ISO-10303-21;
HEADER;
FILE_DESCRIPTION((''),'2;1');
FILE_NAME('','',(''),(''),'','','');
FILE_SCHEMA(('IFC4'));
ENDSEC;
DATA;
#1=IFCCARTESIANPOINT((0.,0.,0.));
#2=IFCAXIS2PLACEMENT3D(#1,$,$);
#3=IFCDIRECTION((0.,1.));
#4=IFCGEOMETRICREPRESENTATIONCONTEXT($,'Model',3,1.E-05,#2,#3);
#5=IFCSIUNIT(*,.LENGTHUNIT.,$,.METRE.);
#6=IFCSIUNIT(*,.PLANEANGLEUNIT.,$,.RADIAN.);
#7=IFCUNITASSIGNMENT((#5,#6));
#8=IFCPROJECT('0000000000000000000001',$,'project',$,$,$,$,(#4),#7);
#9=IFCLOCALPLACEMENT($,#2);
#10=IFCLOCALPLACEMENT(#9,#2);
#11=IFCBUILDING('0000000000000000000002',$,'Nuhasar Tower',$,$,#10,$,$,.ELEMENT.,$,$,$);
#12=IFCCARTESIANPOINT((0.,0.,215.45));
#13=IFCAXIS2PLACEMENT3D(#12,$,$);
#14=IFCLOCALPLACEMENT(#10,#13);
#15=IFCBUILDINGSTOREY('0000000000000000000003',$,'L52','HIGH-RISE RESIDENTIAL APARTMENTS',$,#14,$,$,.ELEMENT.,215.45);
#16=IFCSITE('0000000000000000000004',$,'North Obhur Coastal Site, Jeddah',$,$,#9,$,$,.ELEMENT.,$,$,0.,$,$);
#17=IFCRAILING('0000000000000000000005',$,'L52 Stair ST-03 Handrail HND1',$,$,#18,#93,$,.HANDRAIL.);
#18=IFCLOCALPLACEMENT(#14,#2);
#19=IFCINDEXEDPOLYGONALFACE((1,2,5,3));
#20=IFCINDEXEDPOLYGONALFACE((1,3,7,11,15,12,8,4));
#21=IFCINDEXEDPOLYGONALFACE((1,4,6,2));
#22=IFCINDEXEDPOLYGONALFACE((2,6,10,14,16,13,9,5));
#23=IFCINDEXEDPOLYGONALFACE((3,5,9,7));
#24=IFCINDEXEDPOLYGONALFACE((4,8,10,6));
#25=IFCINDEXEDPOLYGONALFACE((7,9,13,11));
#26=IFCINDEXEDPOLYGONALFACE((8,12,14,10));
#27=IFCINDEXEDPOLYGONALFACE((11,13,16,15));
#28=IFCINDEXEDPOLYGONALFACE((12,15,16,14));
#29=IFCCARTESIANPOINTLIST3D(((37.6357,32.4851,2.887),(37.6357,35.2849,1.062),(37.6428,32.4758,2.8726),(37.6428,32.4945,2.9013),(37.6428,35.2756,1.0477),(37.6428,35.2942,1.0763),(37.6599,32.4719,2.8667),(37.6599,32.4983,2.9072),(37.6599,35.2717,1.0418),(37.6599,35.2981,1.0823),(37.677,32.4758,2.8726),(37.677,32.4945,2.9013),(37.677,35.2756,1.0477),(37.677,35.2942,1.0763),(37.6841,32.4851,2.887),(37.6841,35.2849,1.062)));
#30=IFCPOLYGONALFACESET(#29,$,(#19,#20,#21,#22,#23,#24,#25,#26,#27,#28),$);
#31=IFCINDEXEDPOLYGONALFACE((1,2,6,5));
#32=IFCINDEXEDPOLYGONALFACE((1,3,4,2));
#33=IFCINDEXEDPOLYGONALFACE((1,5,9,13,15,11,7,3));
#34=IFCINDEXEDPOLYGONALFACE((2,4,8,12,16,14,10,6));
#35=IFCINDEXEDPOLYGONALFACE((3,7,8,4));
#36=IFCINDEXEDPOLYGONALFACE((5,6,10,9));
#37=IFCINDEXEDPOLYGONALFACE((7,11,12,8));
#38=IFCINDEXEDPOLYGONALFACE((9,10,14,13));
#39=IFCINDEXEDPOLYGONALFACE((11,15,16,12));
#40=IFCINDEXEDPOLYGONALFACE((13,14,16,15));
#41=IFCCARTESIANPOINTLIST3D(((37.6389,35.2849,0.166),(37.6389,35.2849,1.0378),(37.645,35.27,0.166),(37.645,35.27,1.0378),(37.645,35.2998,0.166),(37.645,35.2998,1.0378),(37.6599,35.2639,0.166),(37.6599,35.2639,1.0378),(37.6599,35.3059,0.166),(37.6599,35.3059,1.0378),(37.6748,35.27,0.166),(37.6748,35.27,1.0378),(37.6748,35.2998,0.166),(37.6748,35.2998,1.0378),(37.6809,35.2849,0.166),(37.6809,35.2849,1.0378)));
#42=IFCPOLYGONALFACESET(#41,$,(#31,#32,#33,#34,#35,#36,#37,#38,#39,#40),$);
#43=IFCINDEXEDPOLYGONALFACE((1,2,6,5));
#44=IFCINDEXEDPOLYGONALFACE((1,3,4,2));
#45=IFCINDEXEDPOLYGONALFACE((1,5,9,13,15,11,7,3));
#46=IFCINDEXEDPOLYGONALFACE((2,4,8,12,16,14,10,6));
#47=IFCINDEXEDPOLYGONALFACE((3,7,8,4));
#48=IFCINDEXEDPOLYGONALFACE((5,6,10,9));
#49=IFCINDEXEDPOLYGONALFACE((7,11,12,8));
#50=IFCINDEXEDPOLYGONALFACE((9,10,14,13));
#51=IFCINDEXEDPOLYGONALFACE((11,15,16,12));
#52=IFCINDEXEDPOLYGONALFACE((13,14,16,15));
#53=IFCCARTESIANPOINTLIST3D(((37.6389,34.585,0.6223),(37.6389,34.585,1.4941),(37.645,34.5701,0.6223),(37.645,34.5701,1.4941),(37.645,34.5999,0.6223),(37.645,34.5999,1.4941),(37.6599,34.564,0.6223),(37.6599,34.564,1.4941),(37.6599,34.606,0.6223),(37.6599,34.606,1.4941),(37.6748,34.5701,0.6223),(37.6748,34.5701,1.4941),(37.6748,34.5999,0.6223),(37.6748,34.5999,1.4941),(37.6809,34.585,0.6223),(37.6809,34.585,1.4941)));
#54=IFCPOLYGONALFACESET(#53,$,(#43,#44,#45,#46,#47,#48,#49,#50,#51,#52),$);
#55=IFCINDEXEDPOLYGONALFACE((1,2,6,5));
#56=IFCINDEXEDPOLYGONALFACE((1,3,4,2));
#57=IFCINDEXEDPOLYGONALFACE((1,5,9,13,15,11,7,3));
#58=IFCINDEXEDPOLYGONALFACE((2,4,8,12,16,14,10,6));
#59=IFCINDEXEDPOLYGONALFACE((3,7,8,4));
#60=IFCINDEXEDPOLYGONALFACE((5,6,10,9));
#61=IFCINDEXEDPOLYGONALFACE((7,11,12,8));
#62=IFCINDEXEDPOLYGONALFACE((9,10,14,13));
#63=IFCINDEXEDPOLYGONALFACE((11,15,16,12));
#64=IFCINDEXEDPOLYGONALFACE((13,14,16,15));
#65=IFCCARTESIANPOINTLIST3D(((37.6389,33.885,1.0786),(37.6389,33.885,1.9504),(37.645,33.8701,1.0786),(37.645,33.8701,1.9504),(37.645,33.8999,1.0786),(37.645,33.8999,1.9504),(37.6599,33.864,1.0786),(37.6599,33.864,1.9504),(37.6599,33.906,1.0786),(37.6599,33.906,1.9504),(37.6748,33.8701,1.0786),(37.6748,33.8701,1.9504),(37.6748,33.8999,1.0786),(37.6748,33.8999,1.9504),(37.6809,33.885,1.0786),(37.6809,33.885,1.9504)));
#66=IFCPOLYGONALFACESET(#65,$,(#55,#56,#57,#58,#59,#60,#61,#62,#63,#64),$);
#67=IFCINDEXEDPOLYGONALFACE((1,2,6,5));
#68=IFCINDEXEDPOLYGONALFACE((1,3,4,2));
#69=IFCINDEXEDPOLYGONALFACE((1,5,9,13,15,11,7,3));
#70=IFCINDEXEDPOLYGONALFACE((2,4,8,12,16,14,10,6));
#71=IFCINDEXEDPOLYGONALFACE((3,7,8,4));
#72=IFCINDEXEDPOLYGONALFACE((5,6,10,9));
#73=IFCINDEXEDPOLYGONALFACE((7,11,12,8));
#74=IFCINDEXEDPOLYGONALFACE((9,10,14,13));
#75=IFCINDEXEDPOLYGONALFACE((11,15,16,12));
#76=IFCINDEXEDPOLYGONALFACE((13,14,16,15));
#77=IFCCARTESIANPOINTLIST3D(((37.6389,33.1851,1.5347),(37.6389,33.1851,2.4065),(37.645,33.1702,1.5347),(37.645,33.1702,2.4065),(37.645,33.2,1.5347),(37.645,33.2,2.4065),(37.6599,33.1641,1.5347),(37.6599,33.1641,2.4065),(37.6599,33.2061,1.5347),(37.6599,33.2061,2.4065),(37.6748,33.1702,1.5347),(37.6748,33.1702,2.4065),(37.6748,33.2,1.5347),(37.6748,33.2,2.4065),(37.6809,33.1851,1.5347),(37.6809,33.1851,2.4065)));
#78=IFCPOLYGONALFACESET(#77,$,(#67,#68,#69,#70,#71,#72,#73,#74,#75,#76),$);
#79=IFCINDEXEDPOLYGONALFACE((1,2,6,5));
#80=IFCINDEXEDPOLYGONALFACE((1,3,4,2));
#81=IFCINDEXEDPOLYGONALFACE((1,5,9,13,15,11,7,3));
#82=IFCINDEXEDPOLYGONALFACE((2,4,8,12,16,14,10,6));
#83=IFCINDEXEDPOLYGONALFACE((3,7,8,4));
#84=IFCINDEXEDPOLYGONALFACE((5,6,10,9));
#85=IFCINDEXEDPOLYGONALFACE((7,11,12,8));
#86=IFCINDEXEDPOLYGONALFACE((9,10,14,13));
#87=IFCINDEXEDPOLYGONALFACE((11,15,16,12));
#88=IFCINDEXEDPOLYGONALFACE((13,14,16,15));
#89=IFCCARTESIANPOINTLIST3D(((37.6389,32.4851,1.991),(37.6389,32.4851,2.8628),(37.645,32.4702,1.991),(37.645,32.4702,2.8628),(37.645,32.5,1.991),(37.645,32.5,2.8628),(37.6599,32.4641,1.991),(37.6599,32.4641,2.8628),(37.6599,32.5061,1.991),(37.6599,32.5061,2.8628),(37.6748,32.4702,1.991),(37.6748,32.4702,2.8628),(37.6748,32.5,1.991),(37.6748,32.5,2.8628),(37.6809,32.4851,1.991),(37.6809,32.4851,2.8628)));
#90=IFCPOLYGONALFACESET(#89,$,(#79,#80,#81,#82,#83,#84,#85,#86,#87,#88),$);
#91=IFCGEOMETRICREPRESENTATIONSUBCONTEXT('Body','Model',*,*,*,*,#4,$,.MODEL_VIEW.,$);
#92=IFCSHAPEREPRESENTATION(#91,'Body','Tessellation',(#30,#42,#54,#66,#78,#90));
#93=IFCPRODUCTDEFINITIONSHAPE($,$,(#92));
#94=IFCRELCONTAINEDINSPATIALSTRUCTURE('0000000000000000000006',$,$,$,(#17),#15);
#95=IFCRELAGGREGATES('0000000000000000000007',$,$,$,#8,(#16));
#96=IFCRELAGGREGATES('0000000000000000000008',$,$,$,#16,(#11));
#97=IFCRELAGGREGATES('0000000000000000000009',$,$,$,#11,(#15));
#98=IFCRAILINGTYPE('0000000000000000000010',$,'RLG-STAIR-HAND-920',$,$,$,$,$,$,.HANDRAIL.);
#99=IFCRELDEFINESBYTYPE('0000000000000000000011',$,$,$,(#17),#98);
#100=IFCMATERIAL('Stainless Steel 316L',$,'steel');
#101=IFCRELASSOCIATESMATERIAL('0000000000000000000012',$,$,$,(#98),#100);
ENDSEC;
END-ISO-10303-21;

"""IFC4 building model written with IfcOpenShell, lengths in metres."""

from ifc_helpers import new_model, si_unit, direction, frame, origin, place, context, subcontext, project, spatial, polyline, outline, extrude, material, type_object, element, save


model = new_model("IFC4")

# Units and contexts
model_context = context("Model", 3, precision=1e-05, world=origin(), true_north=direction((0.0, 1.0)))
body_context = subcontext(model_context, "Body", "Model", "MODEL_VIEW")
ifc_project = project(units=[si_unit("LENGTHUNIT", "METRE"), si_unit("PLANEANGLEUNIT", "RADIAN")], contexts=[model_context])

# Site, building, storey
site_placement = place(None, origin())
site = spatial("IfcSite", under=ifc_project, at=site_placement, Name="North Obhur Coastal Site, Jeddah", CompositionType="ELEMENT", RefElevation=0.0)
building_placement = place(site_placement, origin())
building = spatial("IfcBuilding", under=site, at=building_placement, Name="Nuhasar Tower", CompositionType="ELEMENT")
storey_placement = place(building_placement, frame((0.0, 0.0, 215.45)))
storey = spatial("IfcBuildingStorey", under=building, at=storey_placement, Name="L52", Description="HIGH-RISE RESIDENTIAL APARTMENTS", CompositionType="ELEMENT", Elevation=215.45)

# Railing
ifc_material_1 = material(Name="Stainless Steel 316L", Category="steel")
railing_type_1 = type_object("IfcRailingType", Name="RLG-STAIR-HAND-920", PredefinedType="HANDRAIL", material=ifc_material_1)
railing_1_placement = place(storey_placement, frame((37.6599, 35.2849, 0.166)))
element("IfcRailing", 1, at=railing_1_placement, inside=storey, type_object=railing_type_1, Name="L52 Stair ST-03 Handrail HND1", PredefinedType="HANDRAIL", context=body_context, shape_type="SweptSolid", body=[
    extrude(outline(polyline([(0.0242, 0.0), (0.0171, 0.0171), (0.0, 0.0242), (-0.0171, 0.0171), (-0.0242, 0.0), (-0.0171, -0.0171), (0.0, -0.0242), (0.0171, -0.0171), (0.0242, 0.0)])), frame((0.0, 0.0, 0.896), z_axis=(0.0, -0.837749, 0.546056), x_axis=(1.0, 0.0, 0.0)), (0.0, 0.0, 1.0), 3.342),
    extrude(outline(polyline([(0.021, 0.0), (0.0149, 0.0149), (0.0, 0.021), (-0.0149, 0.0149), (-0.021, 0.0), (-0.0149, -0.0149), (0.0, -0.021), (0.0149, -0.0149), (0.021, 0.0)])), origin(), (0.0, 0.0, 1.0), 0.8718),
    extrude(outline(polyline([(0.021, 0.0), (0.0149, 0.0149), (0.0, 0.021), (-0.0149, 0.0149), (-0.021, 0.0), (-0.0149, -0.0149), (0.0, -0.021), (0.0149, -0.0149), (0.021, 0.0)])), frame((0.0, -0.7, 0.4563)), (0.0, 0.0, 1.0), 0.8718),
    extrude(outline(polyline([(0.021, 0.0), (0.0149, 0.0149), (0.0, 0.021), (-0.0149, 0.0149), (-0.021, 0.0), (-0.0149, -0.0149), (0.0, -0.021), (0.0149, -0.0149), (0.021, 0.0)])), frame((0.0, -1.3999, 0.9126)), (0.0, 0.0, 1.0), 0.8718),
    extrude(outline(polyline([(0.021, 0.0), (0.0149, 0.0149), (0.0, 0.021), (-0.0149, 0.0149), (-0.021, 0.0), (-0.0149, -0.0149), (0.0, -0.021), (0.0149, -0.0149), (0.021, 0.0)])), frame((0.0, -2.0999, 1.3687)), (0.0, 0.0, 1.0), 0.8718),
    extrude(outline(polyline([(0.021, 0.0), (0.0149, 0.0149), (0.0, 0.021), (-0.0149, 0.0149), (-0.021, 0.0), (-0.0149, -0.0149), (0.0, -0.021), (0.0149, -0.0149), (0.021, 0.0)])), frame((0.0, -2.7998, 1.825)), (0.0, 0.0, 1.0), 0.8718),
])

save(model, "model.ifc")
